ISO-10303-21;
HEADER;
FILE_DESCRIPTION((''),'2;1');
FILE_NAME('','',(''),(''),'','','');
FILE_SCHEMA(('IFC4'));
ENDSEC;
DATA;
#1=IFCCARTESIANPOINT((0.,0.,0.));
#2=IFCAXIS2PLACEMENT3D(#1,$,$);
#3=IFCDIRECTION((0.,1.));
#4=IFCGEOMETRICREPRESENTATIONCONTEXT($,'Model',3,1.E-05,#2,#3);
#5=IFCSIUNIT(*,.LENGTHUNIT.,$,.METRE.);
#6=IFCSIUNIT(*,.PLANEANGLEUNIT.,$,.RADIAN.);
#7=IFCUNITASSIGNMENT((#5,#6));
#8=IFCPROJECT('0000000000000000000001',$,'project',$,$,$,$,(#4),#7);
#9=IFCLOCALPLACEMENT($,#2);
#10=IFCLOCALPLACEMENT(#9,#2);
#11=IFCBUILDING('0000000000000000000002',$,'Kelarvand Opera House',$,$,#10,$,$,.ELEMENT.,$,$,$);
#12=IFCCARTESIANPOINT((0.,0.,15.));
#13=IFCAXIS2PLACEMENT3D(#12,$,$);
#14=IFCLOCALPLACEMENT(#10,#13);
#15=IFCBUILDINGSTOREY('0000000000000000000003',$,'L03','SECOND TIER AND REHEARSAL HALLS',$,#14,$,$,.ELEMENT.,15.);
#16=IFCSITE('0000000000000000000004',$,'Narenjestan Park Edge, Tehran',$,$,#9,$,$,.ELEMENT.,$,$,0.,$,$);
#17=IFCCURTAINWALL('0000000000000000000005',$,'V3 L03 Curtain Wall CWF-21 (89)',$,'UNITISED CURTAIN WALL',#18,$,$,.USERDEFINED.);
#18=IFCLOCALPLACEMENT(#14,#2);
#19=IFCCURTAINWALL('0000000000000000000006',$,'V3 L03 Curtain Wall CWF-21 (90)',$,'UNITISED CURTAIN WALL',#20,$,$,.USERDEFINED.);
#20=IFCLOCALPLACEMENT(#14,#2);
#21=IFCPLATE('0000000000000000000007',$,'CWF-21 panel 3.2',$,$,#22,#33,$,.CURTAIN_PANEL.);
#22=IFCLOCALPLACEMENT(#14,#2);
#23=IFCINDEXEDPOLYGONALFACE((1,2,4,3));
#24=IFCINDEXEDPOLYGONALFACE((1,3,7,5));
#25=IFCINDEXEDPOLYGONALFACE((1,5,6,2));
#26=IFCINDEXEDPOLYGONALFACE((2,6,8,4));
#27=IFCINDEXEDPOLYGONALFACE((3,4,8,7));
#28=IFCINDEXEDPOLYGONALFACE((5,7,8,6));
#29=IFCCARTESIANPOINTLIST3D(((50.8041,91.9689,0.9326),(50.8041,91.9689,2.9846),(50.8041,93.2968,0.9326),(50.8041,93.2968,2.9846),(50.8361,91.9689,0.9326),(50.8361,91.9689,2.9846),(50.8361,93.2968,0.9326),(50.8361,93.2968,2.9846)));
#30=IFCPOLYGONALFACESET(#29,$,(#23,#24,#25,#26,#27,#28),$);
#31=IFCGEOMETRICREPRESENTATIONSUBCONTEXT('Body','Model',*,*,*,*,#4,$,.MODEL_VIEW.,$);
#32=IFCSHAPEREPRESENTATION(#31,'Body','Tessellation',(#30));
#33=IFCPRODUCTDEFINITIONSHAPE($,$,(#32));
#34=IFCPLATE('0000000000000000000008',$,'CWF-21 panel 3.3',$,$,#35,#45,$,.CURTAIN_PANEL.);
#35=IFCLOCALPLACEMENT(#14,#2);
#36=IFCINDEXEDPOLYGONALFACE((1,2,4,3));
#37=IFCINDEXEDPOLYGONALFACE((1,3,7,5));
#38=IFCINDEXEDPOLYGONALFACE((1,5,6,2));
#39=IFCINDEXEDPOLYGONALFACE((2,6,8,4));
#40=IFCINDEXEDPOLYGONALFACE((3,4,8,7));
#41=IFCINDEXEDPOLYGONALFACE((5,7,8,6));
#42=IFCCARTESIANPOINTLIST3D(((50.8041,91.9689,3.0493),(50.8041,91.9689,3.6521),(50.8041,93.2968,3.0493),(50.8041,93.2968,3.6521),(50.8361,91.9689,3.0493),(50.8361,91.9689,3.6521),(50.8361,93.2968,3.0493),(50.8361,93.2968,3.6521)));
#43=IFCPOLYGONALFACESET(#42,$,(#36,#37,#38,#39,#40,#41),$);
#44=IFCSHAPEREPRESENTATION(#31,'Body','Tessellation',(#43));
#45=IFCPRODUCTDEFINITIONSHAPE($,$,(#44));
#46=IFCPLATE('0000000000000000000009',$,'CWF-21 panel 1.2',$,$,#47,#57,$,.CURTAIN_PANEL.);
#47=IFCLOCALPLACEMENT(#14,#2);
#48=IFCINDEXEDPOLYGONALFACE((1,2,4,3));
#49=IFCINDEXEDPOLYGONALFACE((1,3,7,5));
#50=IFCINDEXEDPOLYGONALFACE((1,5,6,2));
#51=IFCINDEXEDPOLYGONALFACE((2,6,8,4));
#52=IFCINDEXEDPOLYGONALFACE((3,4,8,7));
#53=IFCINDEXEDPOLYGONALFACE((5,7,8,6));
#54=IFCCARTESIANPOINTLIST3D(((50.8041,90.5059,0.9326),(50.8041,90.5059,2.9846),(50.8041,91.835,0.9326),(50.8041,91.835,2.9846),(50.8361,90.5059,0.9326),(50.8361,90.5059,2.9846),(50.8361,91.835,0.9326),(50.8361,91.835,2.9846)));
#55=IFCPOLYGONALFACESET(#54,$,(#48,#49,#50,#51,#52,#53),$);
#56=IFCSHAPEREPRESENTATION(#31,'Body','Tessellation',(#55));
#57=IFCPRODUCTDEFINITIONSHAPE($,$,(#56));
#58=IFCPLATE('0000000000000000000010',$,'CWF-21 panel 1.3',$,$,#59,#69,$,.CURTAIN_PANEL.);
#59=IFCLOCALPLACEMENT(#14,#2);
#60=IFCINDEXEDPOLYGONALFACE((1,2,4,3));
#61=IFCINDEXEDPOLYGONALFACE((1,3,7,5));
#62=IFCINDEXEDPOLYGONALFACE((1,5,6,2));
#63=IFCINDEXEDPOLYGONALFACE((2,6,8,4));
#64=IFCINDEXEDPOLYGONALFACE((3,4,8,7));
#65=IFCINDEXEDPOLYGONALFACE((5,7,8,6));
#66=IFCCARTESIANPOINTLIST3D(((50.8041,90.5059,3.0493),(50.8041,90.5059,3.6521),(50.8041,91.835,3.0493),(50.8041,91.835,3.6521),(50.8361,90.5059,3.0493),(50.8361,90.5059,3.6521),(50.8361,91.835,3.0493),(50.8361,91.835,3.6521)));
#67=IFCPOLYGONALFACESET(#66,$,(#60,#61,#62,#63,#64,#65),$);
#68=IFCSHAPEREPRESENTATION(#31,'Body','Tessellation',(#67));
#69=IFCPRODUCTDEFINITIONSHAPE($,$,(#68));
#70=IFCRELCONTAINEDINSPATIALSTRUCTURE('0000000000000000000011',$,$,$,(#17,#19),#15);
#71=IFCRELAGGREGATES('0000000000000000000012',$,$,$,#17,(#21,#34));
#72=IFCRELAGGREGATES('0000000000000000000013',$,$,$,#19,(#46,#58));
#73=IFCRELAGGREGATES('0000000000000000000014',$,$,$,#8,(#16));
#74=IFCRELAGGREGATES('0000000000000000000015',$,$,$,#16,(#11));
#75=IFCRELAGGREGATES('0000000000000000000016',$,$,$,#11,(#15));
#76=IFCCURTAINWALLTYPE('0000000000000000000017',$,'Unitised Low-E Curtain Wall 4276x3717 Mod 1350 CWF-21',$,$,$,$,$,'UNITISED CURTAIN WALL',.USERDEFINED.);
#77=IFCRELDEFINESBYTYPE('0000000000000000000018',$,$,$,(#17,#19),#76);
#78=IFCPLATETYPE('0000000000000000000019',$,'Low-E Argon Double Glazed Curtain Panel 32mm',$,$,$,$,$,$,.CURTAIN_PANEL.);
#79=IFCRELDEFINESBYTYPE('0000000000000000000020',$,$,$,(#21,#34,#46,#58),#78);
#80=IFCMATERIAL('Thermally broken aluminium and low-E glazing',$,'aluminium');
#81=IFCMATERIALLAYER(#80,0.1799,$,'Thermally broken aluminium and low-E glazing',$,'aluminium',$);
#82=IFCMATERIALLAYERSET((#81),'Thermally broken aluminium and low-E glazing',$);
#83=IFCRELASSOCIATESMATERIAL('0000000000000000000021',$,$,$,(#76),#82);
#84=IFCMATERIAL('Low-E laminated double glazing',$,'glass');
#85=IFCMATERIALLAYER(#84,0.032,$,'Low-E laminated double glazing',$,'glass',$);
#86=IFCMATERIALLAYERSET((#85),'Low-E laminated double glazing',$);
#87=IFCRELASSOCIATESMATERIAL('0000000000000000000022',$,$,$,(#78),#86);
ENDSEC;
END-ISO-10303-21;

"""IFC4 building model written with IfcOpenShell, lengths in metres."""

from ifc_helpers import new_model, si_unit, direction, frame, origin, origin_2d, place, context, subcontext, project, spatial, rectangle, extrude, material, layer, layer_set, type_object, element, aggregate, save


model = new_model("IFC4")

# Units and contexts
model_context = context("Model", 3, precision=1e-05, world=origin(), true_north=direction((0.0, 1.0)))
body_context = subcontext(model_context, "Body", "Model", "MODEL_VIEW")
ifc_project = project(units=[si_unit("LENGTHUNIT", "METRE"), si_unit("PLANEANGLEUNIT", "RADIAN")], contexts=[model_context])

# Site, building, storey
site_placement = place(None, origin())
site = spatial("IfcSite", under=ifc_project, at=site_placement, Name="Narenjestan Park Edge, Tehran", CompositionType="ELEMENT", RefElevation=0.0)
building_placement = place(site_placement, origin())
building = spatial("IfcBuilding", under=site, at=building_placement, Name="Kelarvand Opera House", CompositionType="ELEMENT")
storey_placement = place(building_placement, frame((0.0, 0.0, 15.0)))
storey = spatial("IfcBuildingStorey", under=building, at=storey_placement, Name="L03", Description="SECOND TIER AND REHEARSAL HALLS", CompositionType="ELEMENT", Elevation=15.0)

# Curtain wall
ifc_material_1 = material(Name="Thermally broken aluminium and low-E glazing", Category="aluminium")
ifc_layer_1 = layer(ifc_material_1, 0.1799, Name="Thermally broken aluminium and low-E glazing", Category="aluminium")
ifc_layer_set_1 = layer_set([ifc_layer_1], Name="Thermally broken aluminium and low-E glazing")
curtain_wall_type = type_object("IfcCurtainWallType", Name="Unitised Low-E Curtain Wall 4276x3717 Mod 1350 CWF-21", ElementType="UNITISED CURTAIN WALL", PredefinedType="USERDEFINED", material=ifc_layer_set_1)
curtain_wall_1_placement = place(storey_placement, origin())
curtain_wall_1 = element("IfcCurtainWall", 1, at=curtain_wall_1_placement, inside=storey, type_object=curtain_wall_type, Name="V3 L03 Curtain Wall CWF-21 (89)", ObjectType="UNITISED CURTAIN WALL", PredefinedType="USERDEFINED")

# Curtain wall
curtain_wall_2_placement = place(storey_placement, origin())
curtain_wall_2 = element("IfcCurtainWall", 2, at=curtain_wall_2_placement, inside=storey, type_object=curtain_wall_type, Name="V3 L03 Curtain Wall CWF-21 (90)", ObjectType="UNITISED CURTAIN WALL", PredefinedType="USERDEFINED")

# Plates
ifc_material_2 = material(Name="Low-E laminated double glazing", Category="glass")
ifc_layer_2 = layer(ifc_material_2, 0.032, Name="Low-E laminated double glazing", Category="glass")
ifc_layer_set_2 = layer_set([ifc_layer_2], Name="Low-E laminated double glazing")
plate_type = type_object("IfcPlateType", Name="Low-E Argon Double Glazed Curtain Panel 32mm", PredefinedType="CURTAIN_PANEL", material=ifc_layer_set_2)
plate_1_placement = place(storey_placement, frame((50.8201, 92.6328, 0.9326), z_axis=(0.0, 0.0, 1.0), x_axis=(0.0, -1.0, 0.0)))
plate_1 = element("IfcPlate", 3, at=plate_1_placement, type_object=plate_type, Name="CWF-21 panel 3.2", PredefinedType="CURTAIN_PANEL", context=body_context, shape_type="SweptSolid", body=[
    extrude(rectangle(XDim=1.3279, YDim=0.032, at=origin_2d()), origin(), (0.0, 0.0, 1.0), 2.052),
])
plate_2_placement = place(storey_placement, frame((50.8201, 92.6328, 3.0493), z_axis=(0.0, 0.0, 1.0), x_axis=(0.0, -1.0, 0.0)))
plate_2 = element("IfcPlate", 4, at=plate_2_placement, type_object=plate_type, Name="CWF-21 panel 3.3", PredefinedType="CURTAIN_PANEL", context=body_context, shape_type="SweptSolid", body=[
    extrude(rectangle(XDim=1.3279, YDim=0.032, at=origin_2d()), origin(), (0.0, 0.0, 1.0), 0.6028),
])
aggregate(curtain_wall_1, [plate_1, plate_2])
plate_3_placement = place(storey_placement, frame((50.8201, 91.1704, 0.9326), z_axis=(0.0, 0.0, 1.0), x_axis=(0.0, -1.0, 0.0)))
plate_3 = element("IfcPlate", 5, at=plate_3_placement, type_object=plate_type, Name="CWF-21 panel 1.2", PredefinedType="CURTAIN_PANEL", context=body_context, shape_type="SweptSolid", body=[
    extrude(rectangle(XDim=1.3291, YDim=0.032, at=origin_2d()), origin(), (0.0, 0.0, 1.0), 2.052),
])
plate_4_placement = place(storey_placement, frame((50.8201, 91.1704, 3.0493), z_axis=(0.0, 0.0, 1.0), x_axis=(0.0, -1.0, 0.0)))
plate_4 = element("IfcPlate", 6, at=plate_4_placement, type_object=plate_type, Name="CWF-21 panel 1.3", PredefinedType="CURTAIN_PANEL", context=body_context, shape_type="SweptSolid", body=[
    extrude(rectangle(XDim=1.3291, YDim=0.032, at=origin_2d()), origin(), (0.0, 0.0, 1.0), 0.6028),
])
aggregate(curtain_wall_2, [plate_3, plate_4])

save(model, "model.ifc")
